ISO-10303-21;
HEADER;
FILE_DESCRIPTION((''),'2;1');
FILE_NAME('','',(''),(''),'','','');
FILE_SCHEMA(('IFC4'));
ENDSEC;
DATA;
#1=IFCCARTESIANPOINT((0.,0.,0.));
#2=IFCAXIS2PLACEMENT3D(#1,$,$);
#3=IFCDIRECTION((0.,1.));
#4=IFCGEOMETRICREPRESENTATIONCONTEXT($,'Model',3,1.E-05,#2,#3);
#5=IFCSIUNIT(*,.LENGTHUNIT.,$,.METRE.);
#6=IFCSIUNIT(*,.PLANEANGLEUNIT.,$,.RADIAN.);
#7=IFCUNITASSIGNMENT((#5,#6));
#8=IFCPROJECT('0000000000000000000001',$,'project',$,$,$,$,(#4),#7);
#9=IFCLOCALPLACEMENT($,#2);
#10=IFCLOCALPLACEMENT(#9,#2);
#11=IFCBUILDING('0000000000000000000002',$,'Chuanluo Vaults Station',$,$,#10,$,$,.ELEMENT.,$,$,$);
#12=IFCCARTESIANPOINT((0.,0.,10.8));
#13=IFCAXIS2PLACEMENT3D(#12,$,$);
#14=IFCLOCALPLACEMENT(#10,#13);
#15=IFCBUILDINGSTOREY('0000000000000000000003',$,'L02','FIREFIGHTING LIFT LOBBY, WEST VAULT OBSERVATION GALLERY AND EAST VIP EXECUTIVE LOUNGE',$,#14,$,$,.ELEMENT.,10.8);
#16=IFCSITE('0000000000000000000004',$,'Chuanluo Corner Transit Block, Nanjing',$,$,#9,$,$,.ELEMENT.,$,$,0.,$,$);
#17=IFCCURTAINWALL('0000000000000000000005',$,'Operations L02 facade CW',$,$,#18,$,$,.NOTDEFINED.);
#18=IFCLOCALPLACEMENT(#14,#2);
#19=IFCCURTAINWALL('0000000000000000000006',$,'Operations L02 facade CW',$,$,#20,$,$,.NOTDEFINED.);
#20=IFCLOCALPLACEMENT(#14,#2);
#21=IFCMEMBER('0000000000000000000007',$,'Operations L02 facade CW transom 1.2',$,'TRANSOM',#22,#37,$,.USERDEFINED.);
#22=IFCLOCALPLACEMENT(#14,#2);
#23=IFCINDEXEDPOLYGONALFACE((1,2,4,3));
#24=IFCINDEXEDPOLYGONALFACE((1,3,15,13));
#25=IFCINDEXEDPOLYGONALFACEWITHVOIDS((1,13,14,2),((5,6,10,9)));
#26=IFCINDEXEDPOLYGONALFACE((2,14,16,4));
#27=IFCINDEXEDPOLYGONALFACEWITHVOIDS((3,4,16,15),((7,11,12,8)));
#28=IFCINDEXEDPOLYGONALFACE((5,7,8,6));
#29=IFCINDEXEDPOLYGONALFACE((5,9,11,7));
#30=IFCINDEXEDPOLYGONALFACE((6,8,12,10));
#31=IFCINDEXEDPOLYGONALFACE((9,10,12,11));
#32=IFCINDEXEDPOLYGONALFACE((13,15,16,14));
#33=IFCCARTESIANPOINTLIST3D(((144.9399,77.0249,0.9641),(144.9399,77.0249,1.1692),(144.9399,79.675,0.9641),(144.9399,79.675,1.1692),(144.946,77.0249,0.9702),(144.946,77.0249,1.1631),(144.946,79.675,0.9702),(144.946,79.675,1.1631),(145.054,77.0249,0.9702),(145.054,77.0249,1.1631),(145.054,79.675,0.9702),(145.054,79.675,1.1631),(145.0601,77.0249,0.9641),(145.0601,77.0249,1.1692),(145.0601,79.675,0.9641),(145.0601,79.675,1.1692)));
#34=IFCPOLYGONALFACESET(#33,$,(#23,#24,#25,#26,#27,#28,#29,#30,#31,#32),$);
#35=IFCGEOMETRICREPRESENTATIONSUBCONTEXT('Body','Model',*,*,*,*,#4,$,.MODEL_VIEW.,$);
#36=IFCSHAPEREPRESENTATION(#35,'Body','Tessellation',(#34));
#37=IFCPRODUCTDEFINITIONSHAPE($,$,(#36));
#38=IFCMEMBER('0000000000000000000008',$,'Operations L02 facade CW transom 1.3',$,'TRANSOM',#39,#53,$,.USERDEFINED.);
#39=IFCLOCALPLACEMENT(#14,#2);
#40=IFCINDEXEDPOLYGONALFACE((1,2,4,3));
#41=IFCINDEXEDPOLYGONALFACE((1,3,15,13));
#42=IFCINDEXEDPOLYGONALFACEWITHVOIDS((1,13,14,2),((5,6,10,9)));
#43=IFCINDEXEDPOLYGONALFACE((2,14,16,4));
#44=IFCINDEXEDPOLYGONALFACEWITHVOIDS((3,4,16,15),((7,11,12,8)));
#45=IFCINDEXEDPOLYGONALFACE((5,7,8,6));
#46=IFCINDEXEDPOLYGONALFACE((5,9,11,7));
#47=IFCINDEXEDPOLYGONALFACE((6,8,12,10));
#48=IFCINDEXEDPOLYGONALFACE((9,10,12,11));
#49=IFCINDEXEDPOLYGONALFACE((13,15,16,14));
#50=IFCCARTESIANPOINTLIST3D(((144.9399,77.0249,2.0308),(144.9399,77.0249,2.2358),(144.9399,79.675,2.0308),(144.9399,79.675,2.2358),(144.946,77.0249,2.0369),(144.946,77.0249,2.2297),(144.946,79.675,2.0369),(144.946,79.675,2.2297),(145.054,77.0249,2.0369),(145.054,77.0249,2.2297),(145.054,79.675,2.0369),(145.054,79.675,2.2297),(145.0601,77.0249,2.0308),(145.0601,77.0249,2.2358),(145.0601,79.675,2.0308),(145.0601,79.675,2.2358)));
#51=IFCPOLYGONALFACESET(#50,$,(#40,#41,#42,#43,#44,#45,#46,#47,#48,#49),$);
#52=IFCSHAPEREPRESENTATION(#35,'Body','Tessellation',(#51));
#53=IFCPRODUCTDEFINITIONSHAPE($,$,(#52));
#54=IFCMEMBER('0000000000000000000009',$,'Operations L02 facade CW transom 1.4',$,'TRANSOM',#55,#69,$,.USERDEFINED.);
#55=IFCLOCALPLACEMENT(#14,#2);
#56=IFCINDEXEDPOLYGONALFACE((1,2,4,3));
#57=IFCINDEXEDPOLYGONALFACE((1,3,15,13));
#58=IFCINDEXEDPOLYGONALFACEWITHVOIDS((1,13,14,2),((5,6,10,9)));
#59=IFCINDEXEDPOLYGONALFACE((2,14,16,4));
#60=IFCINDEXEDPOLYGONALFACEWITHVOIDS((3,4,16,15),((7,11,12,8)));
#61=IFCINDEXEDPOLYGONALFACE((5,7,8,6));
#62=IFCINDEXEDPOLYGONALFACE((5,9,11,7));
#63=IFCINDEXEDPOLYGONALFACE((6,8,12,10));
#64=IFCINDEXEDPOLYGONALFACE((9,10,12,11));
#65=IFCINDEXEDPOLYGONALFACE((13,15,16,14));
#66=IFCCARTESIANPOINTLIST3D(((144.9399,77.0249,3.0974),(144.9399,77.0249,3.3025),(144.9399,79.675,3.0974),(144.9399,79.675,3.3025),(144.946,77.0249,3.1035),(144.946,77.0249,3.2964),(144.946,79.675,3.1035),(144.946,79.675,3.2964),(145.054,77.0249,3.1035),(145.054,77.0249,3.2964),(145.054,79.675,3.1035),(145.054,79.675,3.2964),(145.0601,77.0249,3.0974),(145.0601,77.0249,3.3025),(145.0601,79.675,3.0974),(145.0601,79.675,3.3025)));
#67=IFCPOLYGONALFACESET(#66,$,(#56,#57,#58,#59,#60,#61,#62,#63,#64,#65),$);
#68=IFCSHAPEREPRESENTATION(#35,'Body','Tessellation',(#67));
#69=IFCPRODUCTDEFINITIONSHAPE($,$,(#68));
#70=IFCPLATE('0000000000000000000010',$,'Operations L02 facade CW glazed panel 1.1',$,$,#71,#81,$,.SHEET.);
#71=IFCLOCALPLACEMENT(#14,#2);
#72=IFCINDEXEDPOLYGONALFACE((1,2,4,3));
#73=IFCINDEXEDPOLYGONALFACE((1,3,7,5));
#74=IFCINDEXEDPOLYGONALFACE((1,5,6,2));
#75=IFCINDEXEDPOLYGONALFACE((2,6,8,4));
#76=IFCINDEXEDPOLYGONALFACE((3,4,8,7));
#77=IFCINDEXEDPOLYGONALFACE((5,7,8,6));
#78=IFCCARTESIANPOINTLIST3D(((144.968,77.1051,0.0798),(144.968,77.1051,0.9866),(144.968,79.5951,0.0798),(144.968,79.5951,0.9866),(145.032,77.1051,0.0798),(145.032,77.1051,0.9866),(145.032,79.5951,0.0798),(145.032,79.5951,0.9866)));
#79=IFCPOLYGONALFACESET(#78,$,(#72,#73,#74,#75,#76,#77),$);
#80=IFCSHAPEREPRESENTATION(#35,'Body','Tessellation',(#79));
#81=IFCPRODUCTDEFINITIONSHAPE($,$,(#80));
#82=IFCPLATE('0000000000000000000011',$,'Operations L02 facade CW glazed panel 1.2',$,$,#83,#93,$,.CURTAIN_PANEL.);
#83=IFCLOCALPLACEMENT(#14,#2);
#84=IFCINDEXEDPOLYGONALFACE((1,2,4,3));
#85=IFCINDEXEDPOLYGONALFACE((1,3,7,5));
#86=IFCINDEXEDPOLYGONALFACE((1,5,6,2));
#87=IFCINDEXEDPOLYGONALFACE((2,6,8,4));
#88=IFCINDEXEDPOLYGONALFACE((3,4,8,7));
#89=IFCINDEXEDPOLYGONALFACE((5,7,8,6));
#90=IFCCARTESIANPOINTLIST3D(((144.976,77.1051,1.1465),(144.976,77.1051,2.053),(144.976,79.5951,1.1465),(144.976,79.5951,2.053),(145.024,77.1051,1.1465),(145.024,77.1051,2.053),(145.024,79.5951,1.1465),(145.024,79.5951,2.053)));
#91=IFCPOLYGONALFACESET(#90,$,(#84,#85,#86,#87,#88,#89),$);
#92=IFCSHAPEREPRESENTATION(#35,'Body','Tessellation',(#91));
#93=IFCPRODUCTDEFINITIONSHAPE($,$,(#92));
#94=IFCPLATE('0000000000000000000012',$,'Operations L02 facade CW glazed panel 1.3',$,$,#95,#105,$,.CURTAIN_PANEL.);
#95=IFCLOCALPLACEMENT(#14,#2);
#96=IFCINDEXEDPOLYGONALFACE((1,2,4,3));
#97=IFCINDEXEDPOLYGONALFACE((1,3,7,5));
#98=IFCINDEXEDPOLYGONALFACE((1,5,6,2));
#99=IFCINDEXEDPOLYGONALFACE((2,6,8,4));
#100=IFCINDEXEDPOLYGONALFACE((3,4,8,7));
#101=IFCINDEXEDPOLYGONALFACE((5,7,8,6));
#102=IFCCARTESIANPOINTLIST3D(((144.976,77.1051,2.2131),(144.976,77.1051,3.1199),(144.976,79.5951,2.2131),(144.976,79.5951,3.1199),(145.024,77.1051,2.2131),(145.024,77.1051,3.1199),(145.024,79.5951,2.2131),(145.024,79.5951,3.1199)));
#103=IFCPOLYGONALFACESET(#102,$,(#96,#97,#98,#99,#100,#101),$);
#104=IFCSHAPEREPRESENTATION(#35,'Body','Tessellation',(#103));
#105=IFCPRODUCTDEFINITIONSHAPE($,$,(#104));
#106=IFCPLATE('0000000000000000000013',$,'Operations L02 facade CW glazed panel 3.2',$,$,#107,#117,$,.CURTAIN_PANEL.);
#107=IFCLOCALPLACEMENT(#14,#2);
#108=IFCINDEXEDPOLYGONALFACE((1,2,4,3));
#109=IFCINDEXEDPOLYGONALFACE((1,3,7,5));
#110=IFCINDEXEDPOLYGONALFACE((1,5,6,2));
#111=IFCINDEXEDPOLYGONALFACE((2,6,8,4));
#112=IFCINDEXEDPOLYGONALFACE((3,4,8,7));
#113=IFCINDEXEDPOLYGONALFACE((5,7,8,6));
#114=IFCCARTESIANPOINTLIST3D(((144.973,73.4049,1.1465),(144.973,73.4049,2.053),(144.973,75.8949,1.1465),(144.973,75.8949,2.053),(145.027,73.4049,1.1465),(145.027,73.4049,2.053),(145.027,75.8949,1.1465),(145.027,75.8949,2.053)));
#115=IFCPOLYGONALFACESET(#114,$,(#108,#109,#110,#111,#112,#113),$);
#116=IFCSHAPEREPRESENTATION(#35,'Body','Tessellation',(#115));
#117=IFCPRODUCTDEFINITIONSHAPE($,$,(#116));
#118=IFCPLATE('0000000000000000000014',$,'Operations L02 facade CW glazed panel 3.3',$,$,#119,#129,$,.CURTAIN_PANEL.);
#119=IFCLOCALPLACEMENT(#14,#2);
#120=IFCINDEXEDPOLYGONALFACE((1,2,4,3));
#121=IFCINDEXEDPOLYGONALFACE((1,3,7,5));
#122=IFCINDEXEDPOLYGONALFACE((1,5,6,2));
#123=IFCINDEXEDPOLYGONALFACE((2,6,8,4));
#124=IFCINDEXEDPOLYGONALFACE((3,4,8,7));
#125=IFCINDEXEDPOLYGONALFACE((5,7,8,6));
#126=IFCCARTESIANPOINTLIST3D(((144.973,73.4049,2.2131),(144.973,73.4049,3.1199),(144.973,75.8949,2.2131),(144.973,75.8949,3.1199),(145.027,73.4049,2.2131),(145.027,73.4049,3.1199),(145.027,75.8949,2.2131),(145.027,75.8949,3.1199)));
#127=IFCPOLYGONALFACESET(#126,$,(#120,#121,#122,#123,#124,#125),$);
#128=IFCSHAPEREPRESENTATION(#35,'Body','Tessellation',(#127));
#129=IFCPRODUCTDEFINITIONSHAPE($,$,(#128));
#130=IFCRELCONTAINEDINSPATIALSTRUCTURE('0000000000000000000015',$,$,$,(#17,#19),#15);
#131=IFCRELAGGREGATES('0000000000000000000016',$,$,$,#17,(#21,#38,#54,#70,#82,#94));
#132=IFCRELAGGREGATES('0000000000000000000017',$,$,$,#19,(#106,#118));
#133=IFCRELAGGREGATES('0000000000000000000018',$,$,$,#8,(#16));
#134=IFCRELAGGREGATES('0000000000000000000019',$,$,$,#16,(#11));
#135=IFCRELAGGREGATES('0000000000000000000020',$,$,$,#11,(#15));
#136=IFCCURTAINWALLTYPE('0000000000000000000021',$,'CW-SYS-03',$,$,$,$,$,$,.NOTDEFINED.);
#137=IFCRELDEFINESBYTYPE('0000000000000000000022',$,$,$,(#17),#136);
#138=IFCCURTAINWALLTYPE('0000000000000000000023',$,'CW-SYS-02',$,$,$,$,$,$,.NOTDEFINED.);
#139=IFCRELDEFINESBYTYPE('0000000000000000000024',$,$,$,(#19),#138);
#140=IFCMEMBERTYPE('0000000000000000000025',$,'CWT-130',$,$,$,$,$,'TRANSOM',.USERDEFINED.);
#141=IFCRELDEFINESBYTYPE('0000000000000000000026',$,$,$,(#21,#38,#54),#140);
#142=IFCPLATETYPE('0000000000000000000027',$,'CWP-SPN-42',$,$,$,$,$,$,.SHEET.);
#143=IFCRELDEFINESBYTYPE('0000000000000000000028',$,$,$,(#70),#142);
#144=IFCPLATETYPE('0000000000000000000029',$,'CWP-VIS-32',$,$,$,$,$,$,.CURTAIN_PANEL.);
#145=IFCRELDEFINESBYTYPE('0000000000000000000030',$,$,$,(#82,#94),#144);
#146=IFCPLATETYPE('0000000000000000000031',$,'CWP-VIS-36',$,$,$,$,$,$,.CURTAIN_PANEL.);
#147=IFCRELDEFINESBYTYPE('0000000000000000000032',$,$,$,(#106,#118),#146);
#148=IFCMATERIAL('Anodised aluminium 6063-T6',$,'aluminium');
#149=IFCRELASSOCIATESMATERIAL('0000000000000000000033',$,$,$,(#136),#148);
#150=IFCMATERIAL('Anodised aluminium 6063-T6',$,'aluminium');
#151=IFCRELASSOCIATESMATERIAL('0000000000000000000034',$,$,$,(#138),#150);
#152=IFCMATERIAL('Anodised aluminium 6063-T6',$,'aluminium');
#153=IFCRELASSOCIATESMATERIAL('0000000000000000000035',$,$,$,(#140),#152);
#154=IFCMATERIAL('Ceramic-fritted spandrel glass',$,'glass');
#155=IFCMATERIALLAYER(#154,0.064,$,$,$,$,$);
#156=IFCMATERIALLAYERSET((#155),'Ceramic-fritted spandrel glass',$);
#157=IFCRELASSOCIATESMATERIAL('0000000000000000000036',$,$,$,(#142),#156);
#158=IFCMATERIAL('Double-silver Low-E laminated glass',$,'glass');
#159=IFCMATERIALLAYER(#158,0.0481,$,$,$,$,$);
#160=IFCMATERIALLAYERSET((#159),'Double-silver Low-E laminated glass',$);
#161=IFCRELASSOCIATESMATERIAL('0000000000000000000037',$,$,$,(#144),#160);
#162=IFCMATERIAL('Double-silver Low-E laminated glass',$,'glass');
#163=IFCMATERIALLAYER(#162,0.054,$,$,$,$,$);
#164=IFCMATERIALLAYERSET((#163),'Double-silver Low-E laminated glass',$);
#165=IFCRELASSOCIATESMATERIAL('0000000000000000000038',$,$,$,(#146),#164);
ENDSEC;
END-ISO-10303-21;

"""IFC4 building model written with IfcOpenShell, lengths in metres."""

from ifc_helpers import new_model, si_unit, direction, frame, origin, origin_2d, place, context, subcontext, project, spatial, rectangle, hollow_rectangle, extrude, material, layer, layer_set, material_profile, profile_set, type_object, element, aggregate, save


model = new_model("IFC4")

# Units and contexts
model_context = context("Model", 3, precision=1e-05, world=origin(), true_north=direction((0.0, 1.0)))
body_context = subcontext(model_context, "Body", "Model", "MODEL_VIEW")
ifc_project = project(units=[si_unit("LENGTHUNIT", "METRE"), si_unit("PLANEANGLEUNIT", "RADIAN")], contexts=[model_context])

# Site, building, storey
site_placement = place(None, origin())
site = spatial("IfcSite", under=ifc_project, at=site_placement, Name="Chuanluo Corner Transit Block, Nanjing", CompositionType="ELEMENT", RefElevation=0.0)
building_placement = place(site_placement, origin())
building = spatial("IfcBuilding", under=site, at=building_placement, Name="Chuanluo Vaults Station", CompositionType="ELEMENT")
storey_placement = place(building_placement, frame((0.0, 0.0, 10.8)))
storey = spatial("IfcBuildingStorey", under=building, at=storey_placement, Name="L02", Description="FIREFIGHTING LIFT LOBBY, WEST VAULT OBSERVATION GALLERY AND EAST VIP EXECUTIVE LOUNGE", CompositionType="ELEMENT", Elevation=10.8)

# Curtain walls
ifc_material_1 = material(Name="Anodised aluminium 6063-T6", Category="aluminium")
curtain_wall_type_1 = type_object("IfcCurtainWallType", Name="CW-SYS-03", PredefinedType="NOTDEFINED", material=ifc_material_1)
curtain_wall_1_placement = place(storey_placement, origin())
curtain_wall_1 = element("IfcCurtainWall", 1, at=curtain_wall_1_placement, inside=storey, type_object=curtain_wall_type_1, Name="Operations L02 facade CW", PredefinedType="NOTDEFINED")
ifc_material_2 = material(Name="Anodised aluminium 6063-T6", Category="aluminium")
curtain_wall_type_2 = type_object("IfcCurtainWallType", Name="CW-SYS-02", PredefinedType="NOTDEFINED", material=ifc_material_2)
curtain_wall_2_placement = place(storey_placement, origin())
curtain_wall_2 = element("IfcCurtainWall", 2, at=curtain_wall_2_placement, inside=storey, type_object=curtain_wall_type_2, Name="Operations L02 facade CW", PredefinedType="NOTDEFINED")

# Members
ifc_material_3 = material(Name="Anodised aluminium 6063-T6", Category="aluminium")
ifc_material_profile_1 = material_profile(ifc_material_3, hollow_rectangle(XDim=0.1201, YDim=0.2051, WallThickness=0.0061, at=origin_2d()))
ifc_profile_set_1 = profile_set([ifc_material_profile_1], Name="Anodised aluminium 6063-T6")
member_type_1 = type_object("IfcMemberType", Name="CWT-130", ElementType="TRANSOM", PredefinedType="USERDEFINED", material=ifc_profile_set_1)
member_1_placement = place(storey_placement, frame((145.0, 77.0249, 1.0667), z_axis=(0.0, 1.0, 0.0), x_axis=(-1.0, 0.0, 0.0)))
member_1 = element("IfcMember", 3, at=member_1_placement, type_object=member_type_1, Name="Operations L02 facade CW transom 1.2", ObjectType="TRANSOM", PredefinedType="USERDEFINED", context=body_context, shape_type="SweptSolid", body=[
    extrude(hollow_rectangle(XDim=0.1201, YDim=0.2051, WallThickness=0.0061, at=origin_2d()), origin(), (0.0, 0.0, 1.0), 2.6501),
])
member_2_placement = place(storey_placement, frame((145.0, 77.0249, 2.1333), z_axis=(0.0, 1.0, 0.0), x_axis=(-1.0, 0.0, 0.0)))
member_2 = element("IfcMember", 4, at=member_2_placement, type_object=member_type_1, Name="Operations L02 facade CW transom 1.3", ObjectType="TRANSOM", PredefinedType="USERDEFINED", context=body_context, shape_type="SweptSolid", body=[
    extrude(hollow_rectangle(XDim=0.1201, YDim=0.2051, WallThickness=0.0061, at=origin_2d()), origin(), (0.0, 0.0, 1.0), 2.6501),
])
member_3_placement = place(storey_placement, frame((145.0, 77.0249, 3.2), z_axis=(0.0, 1.0, 0.0), x_axis=(-1.0, 0.0, 0.0)))
member_3 = element("IfcMember", 5, at=member_3_placement, type_object=member_type_1, Name="Operations L02 facade CW transom 1.4", ObjectType="TRANSOM", PredefinedType="USERDEFINED", context=body_context, shape_type="SweptSolid", body=[
    extrude(hollow_rectangle(XDim=0.1201, YDim=0.2051, WallThickness=0.0061, at=origin_2d()), origin(), (0.0, 0.0, 1.0), 2.6501),
])

# Plates
ifc_material_4 = material(Name="Ceramic-fritted spandrel glass", Category="glass")
ifc_layer_1 = layer(ifc_material_4, 0.064)
ifc_layer_set_1 = layer_set([ifc_layer_1], Name="Ceramic-fritted spandrel glass")
plate_type_1 = type_object("IfcPlateType", Name="CWP-SPN-42", PredefinedType="SHEET", material=ifc_layer_set_1)
plate_1_placement = place(storey_placement, frame((145.0, 78.3501, 0.0798), z_axis=(0.0, 0.0, 1.0), x_axis=(0.0, 1.0, 0.0)))
plate_1 = element("IfcPlate", 6, at=plate_1_placement, type_object=plate_type_1, Name="Operations L02 facade CW glazed panel 1.1", PredefinedType="SHEET", context=body_context, shape_type="SweptSolid", body=[
    extrude(rectangle(XDim=2.49, YDim=0.064, at=origin_2d()), origin(), (0.0, 0.0, 1.0), 0.9067),
])
ifc_material_5 = material(Name="Double-silver Low-E laminated glass", Category="glass")
ifc_layer_2 = layer(ifc_material_5, 0.0481)
ifc_layer_set_2 = layer_set([ifc_layer_2], Name="Double-silver Low-E laminated glass")
plate_type_2 = type_object("IfcPlateType", Name="CWP-VIS-32", PredefinedType="CURTAIN_PANEL", material=ifc_layer_set_2)
plate_2_placement = place(storey_placement, frame((145.0, 78.3501, 1.1465), z_axis=(0.0, 0.0, 1.0), x_axis=(0.0, 1.0, 0.0)))
plate_2 = element("IfcPlate", 7, at=plate_2_placement, type_object=plate_type_2, Name="Operations L02 facade CW glazed panel 1.2", PredefinedType="CURTAIN_PANEL", context=body_context, shape_type="SweptSolid", body=[
    extrude(rectangle(XDim=2.49, YDim=0.0481, at=origin_2d()), origin(), (0.0, 0.0, 1.0), 0.9065),
])
plate_3_placement = place(storey_placement, frame((145.0, 78.3501, 2.2131), z_axis=(0.0, 0.0, 1.0), x_axis=(0.0, 1.0, 0.0)))
plate_3 = element("IfcPlate", 8, at=plate_3_placement, type_object=plate_type_2, Name="Operations L02 facade CW glazed panel 1.3", PredefinedType="CURTAIN_PANEL", context=body_context, shape_type="SweptSolid", body=[
    extrude(rectangle(XDim=2.49, YDim=0.0481, at=origin_2d()), origin(), (0.0, 0.0, 1.0), 0.9067),
])
aggregate(curtain_wall_1, [member_1, member_2, member_3, plate_1, plate_2, plate_3])
ifc_material_6 = material(Name="Double-silver Low-E laminated glass", Category="glass")
ifc_layer_3 = layer(ifc_material_6, 0.054)
ifc_layer_set_3 = layer_set([ifc_layer_3], Name="Double-silver Low-E laminated glass")
plate_type_3 = type_object("IfcPlateType", Name="CWP-VIS-36", PredefinedType="CURTAIN_PANEL", material=ifc_layer_set_3)
plate_4_placement = place(storey_placement, frame((145.0, 74.6499, 1.1465), z_axis=(0.0, 0.0, 1.0), x_axis=(0.0, 1.0, 0.0)))
plate_4 = element("IfcPlate", 9, at=plate_4_placement, type_object=plate_type_3, Name="Operations L02 facade CW glazed panel 3.2", PredefinedType="CURTAIN_PANEL", context=body_context, shape_type="SweptSolid", body=[
    extrude(rectangle(XDim=2.49, YDim=0.054, at=origin_2d()), origin(), (0.0, 0.0, 1.0), 0.9065),
])
plate_5_placement = place(storey_placement, frame((145.0, 74.6499, 2.2131), z_axis=(0.0, 0.0, 1.0), x_axis=(0.0, 1.0, 0.0)))
plate_5 = element("IfcPlate", 10, at=plate_5_placement, type_object=plate_type_3, Name="Operations L02 facade CW glazed panel 3.3", PredefinedType="CURTAIN_PANEL", context=body_context, shape_type="SweptSolid", body=[
    extrude(rectangle(XDim=2.49, YDim=0.054, at=origin_2d()), origin(), (0.0, 0.0, 1.0), 0.9067),
])
aggregate(curtain_wall_2, [plate_4, plate_5])

save(model, "model.ifc")
